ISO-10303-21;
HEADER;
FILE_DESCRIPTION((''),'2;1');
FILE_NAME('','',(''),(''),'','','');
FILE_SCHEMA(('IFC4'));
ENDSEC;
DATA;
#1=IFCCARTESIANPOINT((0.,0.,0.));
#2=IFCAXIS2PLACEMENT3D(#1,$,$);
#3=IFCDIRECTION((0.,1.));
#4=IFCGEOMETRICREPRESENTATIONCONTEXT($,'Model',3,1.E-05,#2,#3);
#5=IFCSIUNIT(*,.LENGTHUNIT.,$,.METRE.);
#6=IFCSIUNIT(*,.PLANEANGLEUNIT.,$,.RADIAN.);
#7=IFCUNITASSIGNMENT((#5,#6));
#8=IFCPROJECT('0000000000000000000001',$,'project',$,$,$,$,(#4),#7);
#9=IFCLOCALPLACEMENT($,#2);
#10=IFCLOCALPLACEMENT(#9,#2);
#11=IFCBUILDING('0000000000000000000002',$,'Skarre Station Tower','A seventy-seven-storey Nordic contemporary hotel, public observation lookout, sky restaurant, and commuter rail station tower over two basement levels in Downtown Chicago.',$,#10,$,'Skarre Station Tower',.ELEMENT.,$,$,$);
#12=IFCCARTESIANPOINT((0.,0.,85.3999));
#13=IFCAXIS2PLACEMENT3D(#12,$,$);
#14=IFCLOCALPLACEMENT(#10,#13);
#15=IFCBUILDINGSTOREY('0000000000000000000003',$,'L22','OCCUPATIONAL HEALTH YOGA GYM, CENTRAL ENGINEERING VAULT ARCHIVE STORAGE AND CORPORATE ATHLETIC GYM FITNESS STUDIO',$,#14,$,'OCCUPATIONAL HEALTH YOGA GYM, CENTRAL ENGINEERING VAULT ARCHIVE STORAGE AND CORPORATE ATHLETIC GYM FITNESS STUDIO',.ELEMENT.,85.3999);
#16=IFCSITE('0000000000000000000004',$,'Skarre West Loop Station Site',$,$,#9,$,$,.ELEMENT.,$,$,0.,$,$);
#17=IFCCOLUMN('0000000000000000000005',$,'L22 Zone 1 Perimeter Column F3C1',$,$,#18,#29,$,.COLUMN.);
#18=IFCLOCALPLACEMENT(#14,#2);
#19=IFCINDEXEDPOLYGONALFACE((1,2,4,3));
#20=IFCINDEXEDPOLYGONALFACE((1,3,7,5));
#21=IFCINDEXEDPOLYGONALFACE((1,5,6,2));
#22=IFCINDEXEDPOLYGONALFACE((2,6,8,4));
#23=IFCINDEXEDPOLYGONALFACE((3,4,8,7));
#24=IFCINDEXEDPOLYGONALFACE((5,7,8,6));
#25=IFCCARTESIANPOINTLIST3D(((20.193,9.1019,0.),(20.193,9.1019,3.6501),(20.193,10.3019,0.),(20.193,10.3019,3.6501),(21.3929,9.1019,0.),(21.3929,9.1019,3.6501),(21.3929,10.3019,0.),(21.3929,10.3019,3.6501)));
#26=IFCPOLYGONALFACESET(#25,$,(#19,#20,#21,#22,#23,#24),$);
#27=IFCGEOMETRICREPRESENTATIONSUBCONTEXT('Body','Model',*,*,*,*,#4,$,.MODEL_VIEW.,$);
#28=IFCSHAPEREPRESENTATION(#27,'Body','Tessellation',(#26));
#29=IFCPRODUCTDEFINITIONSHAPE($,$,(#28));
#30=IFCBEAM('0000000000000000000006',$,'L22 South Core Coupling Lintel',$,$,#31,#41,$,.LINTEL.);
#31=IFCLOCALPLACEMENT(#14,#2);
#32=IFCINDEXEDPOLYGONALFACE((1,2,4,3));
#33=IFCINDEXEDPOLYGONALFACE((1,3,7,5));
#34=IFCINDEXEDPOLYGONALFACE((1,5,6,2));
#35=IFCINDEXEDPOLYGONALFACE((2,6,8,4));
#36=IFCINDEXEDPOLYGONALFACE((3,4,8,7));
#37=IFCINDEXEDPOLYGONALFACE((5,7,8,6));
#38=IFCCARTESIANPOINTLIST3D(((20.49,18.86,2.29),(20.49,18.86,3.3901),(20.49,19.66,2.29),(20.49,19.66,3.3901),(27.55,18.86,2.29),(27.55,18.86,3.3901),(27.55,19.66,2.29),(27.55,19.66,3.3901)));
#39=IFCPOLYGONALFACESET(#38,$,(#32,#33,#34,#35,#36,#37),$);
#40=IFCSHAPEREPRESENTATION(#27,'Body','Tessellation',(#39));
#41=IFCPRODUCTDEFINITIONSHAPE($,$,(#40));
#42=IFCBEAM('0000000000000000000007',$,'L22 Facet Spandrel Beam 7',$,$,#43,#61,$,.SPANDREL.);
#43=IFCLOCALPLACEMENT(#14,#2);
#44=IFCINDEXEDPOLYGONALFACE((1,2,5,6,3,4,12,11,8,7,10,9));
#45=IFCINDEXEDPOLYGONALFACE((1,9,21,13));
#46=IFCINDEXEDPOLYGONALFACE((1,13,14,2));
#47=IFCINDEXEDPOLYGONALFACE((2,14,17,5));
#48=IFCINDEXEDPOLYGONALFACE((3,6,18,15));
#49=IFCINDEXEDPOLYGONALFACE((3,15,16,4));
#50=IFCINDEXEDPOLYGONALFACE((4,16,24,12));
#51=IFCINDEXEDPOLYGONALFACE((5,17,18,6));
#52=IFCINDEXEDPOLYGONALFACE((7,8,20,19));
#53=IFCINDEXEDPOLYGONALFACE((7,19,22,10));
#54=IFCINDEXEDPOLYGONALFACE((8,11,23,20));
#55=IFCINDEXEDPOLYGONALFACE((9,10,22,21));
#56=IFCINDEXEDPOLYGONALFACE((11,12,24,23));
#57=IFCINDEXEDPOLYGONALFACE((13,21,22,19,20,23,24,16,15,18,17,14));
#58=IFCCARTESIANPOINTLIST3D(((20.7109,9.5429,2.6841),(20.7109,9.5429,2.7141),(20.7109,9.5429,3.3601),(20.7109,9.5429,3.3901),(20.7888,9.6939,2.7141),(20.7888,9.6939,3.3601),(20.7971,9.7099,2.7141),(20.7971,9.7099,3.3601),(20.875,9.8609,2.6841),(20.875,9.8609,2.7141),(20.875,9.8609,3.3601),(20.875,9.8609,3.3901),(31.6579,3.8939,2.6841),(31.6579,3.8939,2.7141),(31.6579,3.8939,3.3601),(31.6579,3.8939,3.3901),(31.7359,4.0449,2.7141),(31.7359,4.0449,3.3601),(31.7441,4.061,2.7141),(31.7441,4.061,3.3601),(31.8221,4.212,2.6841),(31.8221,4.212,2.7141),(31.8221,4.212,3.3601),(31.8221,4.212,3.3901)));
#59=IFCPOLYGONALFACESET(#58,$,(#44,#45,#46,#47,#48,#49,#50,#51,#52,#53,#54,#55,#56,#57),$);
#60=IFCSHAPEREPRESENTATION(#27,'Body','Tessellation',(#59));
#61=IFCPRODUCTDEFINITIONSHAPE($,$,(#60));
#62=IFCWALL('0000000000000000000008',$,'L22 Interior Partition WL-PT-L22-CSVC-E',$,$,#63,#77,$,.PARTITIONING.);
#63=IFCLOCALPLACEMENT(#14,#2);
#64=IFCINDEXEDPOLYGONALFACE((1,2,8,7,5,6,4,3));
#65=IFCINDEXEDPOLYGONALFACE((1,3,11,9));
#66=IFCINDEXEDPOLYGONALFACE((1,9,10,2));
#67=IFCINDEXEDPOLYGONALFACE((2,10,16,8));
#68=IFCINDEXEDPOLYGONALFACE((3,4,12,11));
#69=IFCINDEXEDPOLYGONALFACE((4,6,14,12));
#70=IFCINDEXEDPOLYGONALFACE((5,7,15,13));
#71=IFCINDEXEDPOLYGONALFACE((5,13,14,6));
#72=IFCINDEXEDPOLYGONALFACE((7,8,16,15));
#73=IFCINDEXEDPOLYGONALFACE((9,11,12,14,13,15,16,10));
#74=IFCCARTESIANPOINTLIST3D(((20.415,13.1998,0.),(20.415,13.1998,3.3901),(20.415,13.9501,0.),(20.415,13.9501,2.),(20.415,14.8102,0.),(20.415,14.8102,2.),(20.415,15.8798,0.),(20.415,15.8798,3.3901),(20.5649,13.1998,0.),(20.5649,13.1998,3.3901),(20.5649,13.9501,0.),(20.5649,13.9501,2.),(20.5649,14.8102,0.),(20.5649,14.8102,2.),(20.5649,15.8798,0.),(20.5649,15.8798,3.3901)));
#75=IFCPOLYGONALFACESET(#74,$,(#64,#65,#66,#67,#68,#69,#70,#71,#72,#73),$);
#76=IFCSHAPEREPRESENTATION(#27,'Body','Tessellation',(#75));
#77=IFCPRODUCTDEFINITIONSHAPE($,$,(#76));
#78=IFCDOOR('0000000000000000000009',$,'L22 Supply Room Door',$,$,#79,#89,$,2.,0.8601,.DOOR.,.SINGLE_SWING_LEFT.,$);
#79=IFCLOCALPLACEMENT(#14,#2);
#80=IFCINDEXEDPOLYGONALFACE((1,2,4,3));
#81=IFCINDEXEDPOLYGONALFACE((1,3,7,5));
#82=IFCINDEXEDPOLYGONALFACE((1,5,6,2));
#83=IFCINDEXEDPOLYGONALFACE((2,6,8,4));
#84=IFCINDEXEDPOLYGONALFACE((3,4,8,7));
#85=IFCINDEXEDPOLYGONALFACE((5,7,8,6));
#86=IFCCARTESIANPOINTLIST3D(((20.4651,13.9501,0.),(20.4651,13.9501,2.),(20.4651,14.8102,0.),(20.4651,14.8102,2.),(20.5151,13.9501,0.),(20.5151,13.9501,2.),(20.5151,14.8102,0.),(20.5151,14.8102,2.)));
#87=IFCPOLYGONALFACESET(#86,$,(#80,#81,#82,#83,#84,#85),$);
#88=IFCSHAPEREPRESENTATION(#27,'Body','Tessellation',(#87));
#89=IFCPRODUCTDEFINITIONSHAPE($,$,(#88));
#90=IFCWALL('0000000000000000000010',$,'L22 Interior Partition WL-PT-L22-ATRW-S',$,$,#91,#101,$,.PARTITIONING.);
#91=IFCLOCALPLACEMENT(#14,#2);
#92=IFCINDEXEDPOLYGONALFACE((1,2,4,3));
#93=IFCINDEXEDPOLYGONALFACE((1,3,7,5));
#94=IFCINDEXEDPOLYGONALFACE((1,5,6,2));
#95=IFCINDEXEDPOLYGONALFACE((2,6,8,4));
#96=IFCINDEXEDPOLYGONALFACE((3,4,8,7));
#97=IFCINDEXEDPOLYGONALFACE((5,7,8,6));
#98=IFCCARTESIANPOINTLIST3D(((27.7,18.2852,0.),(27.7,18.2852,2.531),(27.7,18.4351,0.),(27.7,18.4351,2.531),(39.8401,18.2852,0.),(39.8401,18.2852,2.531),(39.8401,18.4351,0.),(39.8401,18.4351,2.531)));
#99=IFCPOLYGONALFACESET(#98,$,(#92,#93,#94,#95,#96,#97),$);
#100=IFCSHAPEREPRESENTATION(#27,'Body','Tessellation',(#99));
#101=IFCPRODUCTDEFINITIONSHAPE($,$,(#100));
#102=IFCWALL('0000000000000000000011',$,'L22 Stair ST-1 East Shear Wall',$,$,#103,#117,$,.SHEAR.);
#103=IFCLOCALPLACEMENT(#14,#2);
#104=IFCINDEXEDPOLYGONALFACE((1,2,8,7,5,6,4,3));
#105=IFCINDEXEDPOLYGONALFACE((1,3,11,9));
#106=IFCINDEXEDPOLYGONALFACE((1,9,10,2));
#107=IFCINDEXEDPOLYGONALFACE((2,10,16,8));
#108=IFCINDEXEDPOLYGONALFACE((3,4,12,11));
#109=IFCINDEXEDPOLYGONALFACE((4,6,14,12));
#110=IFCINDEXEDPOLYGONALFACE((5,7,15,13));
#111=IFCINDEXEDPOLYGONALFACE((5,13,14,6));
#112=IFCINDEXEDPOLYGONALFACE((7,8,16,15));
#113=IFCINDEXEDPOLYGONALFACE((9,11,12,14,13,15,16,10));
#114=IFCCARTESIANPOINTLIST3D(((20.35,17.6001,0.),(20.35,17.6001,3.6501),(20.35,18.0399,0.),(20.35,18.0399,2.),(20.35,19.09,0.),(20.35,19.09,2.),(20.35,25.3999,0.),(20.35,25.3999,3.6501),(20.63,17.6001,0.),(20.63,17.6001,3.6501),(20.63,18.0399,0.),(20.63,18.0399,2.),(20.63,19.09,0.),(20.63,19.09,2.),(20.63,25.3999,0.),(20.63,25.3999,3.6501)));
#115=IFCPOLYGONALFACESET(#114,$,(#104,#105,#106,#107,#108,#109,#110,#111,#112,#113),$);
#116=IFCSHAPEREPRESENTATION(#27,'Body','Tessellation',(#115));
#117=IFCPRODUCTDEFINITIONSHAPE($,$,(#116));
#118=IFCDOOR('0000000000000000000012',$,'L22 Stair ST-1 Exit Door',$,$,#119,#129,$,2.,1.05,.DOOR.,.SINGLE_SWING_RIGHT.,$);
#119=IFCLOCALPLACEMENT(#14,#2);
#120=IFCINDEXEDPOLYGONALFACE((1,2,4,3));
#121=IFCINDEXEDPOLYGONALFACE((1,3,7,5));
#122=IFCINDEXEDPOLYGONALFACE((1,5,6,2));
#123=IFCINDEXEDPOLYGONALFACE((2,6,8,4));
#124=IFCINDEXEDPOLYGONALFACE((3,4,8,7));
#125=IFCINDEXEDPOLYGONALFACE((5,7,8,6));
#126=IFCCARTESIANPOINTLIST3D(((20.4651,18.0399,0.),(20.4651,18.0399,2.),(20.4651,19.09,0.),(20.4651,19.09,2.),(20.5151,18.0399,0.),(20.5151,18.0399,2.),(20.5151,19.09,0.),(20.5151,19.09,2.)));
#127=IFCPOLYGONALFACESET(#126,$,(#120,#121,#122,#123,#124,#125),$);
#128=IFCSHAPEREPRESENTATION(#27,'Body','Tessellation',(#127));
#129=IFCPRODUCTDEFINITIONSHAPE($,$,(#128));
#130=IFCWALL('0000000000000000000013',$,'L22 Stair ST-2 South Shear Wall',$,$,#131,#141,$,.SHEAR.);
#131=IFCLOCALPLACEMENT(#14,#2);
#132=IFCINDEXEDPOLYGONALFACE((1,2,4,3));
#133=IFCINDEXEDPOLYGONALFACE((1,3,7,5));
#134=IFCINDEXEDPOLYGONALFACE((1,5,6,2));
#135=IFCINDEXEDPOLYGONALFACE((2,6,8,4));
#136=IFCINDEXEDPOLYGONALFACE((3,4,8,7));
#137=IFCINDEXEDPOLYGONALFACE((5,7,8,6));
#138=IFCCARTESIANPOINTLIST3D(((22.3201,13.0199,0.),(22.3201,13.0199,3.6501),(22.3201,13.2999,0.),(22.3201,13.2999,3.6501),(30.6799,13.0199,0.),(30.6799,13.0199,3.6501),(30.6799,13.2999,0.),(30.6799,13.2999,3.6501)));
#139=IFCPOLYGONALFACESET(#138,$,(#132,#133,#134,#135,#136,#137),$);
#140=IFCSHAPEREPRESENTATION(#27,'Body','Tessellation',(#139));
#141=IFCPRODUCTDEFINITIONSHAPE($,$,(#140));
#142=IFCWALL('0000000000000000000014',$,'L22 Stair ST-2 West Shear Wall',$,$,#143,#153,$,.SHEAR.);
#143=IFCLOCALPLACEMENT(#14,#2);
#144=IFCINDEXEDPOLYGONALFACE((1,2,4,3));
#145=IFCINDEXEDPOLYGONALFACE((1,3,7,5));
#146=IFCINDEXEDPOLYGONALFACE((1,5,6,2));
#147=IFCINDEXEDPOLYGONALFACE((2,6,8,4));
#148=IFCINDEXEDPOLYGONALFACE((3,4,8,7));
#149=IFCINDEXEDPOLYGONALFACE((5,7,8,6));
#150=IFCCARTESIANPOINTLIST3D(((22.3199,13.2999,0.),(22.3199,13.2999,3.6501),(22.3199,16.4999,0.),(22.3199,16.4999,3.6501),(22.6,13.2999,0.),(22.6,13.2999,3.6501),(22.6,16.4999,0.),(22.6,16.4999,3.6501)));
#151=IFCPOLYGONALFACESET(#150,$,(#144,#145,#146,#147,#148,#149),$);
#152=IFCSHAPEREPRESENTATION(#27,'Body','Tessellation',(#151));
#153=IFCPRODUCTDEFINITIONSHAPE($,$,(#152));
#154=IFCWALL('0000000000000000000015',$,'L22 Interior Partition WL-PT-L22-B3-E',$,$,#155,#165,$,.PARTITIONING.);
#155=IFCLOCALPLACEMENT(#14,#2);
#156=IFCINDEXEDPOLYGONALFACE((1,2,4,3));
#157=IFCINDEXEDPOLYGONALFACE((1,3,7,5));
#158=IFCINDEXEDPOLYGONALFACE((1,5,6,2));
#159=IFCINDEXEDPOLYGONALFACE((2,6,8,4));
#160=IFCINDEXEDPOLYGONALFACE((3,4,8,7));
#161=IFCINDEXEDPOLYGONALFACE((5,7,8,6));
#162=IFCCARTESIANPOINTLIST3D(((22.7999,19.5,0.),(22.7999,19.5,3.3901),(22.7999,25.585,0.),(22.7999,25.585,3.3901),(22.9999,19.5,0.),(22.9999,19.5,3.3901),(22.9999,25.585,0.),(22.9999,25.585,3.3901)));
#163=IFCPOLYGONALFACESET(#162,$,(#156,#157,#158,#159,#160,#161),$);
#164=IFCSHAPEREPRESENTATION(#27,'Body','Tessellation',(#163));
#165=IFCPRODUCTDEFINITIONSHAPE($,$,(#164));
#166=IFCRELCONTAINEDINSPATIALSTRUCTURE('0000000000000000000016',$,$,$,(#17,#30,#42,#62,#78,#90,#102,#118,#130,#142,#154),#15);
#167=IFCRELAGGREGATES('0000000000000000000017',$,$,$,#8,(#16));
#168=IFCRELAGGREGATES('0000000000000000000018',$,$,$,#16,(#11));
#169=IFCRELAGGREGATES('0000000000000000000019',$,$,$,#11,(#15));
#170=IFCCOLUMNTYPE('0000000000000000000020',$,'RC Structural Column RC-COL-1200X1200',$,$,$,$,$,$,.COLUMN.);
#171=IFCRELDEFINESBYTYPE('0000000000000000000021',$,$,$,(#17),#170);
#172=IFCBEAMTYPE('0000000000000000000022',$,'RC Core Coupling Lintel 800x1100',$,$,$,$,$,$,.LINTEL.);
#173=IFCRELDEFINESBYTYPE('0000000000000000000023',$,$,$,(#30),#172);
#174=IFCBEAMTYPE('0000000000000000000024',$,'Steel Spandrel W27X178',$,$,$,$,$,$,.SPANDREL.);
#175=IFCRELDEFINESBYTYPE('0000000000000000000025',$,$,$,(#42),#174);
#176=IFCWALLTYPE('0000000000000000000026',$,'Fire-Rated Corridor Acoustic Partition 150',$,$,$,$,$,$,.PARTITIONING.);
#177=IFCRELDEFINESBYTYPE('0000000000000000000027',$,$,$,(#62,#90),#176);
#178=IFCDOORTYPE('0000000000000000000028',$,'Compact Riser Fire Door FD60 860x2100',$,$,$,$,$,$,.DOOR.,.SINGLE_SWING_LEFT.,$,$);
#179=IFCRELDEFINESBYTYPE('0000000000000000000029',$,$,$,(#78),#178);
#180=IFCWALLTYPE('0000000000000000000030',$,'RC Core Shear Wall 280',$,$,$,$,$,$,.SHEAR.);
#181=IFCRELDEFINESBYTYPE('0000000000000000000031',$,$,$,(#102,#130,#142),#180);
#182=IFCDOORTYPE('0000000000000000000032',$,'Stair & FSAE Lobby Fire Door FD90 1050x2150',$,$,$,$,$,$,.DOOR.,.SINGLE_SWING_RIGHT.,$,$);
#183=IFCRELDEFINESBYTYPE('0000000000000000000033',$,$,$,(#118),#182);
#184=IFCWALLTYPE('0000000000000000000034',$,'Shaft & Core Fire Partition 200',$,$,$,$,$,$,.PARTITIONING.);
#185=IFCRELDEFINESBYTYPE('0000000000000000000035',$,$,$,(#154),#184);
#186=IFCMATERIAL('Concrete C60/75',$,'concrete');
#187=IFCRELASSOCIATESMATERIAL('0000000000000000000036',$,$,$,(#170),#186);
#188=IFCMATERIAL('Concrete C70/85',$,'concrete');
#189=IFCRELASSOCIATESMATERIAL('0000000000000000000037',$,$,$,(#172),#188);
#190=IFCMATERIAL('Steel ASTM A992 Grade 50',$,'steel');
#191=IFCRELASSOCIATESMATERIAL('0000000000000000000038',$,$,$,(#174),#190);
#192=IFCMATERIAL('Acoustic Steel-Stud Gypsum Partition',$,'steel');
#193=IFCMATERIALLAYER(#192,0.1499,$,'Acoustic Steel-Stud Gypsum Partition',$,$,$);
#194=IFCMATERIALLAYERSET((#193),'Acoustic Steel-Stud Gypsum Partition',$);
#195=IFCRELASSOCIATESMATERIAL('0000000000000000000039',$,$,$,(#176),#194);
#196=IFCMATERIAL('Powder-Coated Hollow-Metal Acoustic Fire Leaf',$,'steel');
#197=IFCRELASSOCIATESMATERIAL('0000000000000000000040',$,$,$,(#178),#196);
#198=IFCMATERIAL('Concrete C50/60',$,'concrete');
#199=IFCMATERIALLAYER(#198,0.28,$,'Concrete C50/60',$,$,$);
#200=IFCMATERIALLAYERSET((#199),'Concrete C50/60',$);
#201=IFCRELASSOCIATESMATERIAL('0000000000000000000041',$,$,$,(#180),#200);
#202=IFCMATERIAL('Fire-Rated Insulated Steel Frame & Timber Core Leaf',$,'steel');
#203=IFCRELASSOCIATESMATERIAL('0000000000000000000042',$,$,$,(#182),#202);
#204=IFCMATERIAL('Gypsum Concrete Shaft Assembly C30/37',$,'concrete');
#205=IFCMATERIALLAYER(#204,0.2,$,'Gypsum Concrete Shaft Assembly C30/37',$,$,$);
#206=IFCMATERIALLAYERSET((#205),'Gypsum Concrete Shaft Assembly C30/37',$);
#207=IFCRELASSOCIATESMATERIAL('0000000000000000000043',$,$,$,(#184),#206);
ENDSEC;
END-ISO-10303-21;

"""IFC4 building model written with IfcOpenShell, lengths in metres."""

from ifc_helpers import new_model, si_unit, direction, frame, frame_2d, origin, origin_2d, place, context, subcontext, project, spatial, rectangle, i_section, extrude, material, layer, layer_set, material_profile, profile_set, type_object, element, fill, save


model = new_model("IFC4")

# Units and contexts
model_context = context("Model", 3, precision=1e-05, world=origin(), true_north=direction((0.0, 1.0)))
body_context = subcontext(model_context, "Body", "Model", "MODEL_VIEW")
ifc_project = project(units=[si_unit("LENGTHUNIT", "METRE"), si_unit("PLANEANGLEUNIT", "RADIAN")], contexts=[model_context])

# Site, building, storey
site_placement = place(None, origin())
site = spatial("IfcSite", under=ifc_project, at=site_placement, Name="Skarre West Loop Station Site", CompositionType="ELEMENT", RefElevation=0.0)
building_placement = place(site_placement, origin())
building = spatial("IfcBuilding", under=site, at=building_placement, Name="Skarre Station Tower", Description="A seventy-seven-storey Nordic contemporary hotel, public observation lookout, sky restaurant, and commuter rail station tower over two basement levels in Downtown Chicago.", LongName="Skarre Station Tower", CompositionType="ELEMENT")
storey_placement = place(building_placement, frame((0.0, 0.0, 85.3999)))
storey = spatial("IfcBuildingStorey", under=building, at=storey_placement, Name="L22", Description="OCCUPATIONAL HEALTH YOGA GYM, CENTRAL ENGINEERING VAULT ARCHIVE STORAGE AND CORPORATE ATHLETIC GYM FITNESS STUDIO", LongName="OCCUPATIONAL HEALTH YOGA GYM, CENTRAL ENGINEERING VAULT ARCHIVE STORAGE AND CORPORATE ATHLETIC GYM FITNESS STUDIO", CompositionType="ELEMENT", Elevation=85.3999)

# Column
ifc_material_1 = material(Name="Concrete C60/75", Category="concrete")
ifc_material_profile_1 = material_profile(ifc_material_1, rectangle(XDim=1.2, YDim=1.2, at=origin_2d()), Name="Concrete C60/75")
ifc_profile_set_1 = profile_set([ifc_material_profile_1], Name="Concrete C60/75")
column_type = type_object("IfcColumnType", Name="RC Structural Column RC-COL-1200X1200", PredefinedType="COLUMN", material=ifc_profile_set_1)
column_placement = place(storey_placement, frame((20.793, 9.7019, 0.0), z_axis=(0.0, 0.0, 1.0), x_axis=(1.0, 0.0, 0.0)))
element("IfcColumn", 1, at=column_placement, inside=storey, type_object=column_type, Name="L22 Zone 1 Perimeter Column F3C1", PredefinedType="COLUMN", context=body_context, shape_type="SweptSolid", body=[
    extrude(rectangle(XDim=1.2, YDim=1.2, at=origin_2d()), origin(), (0.0, 0.0, 1.0), 3.6501),
])

# Beams
ifc_material_2 = material(Name="Concrete C70/85", Category="concrete")
ifc_material_profile_2 = material_profile(ifc_material_2, rectangle(XDim=0.8, YDim=1.1001, at=origin_2d()), Name="Concrete C70/85")
ifc_profile_set_2 = profile_set([ifc_material_profile_2], Name="Concrete C70/85")
beam_type_1 = type_object("IfcBeamType", Name="RC Core Coupling Lintel 800x1100", PredefinedType="LINTEL", material=ifc_profile_set_2)
beam_1_placement = place(storey_placement, frame((20.49, 19.26, 2.8401), z_axis=(1.0, 0.0, 0.0), x_axis=(0.0, 1.0, 0.0)))
element("IfcBeam", 2, at=beam_1_placement, inside=storey, type_object=beam_type_1, Name="L22 South Core Coupling Lintel", PredefinedType="LINTEL", context=body_context, shape_type="SweptSolid", body=[
    extrude(rectangle(XDim=0.8, YDim=1.1001, at=origin_2d()), origin(), (0.0, 0.0, 1.0), 7.0601),
])
ifc_material_3 = material(Name="Steel ASTM A992 Grade 50", Category="steel")
ifc_material_profile_3 = material_profile(ifc_material_3, i_section(OverallWidth=0.3579, OverallDepth=0.7061, WebThickness=0.0181, FlangeThickness=0.03, at=origin_2d()), Name="Steel ASTM A992 Grade 50")
ifc_profile_set_3 = profile_set([ifc_material_profile_3], Name="Steel ASTM A992 Grade 50")
beam_type_2 = type_object("IfcBeamType", Name="Steel Spandrel W27X178", PredefinedType="SPANDREL", material=ifc_profile_set_3)
beam_2_placement = place(storey_placement, frame((20.793, 9.7019, 3.0371), z_axis=(0.888659, -0.458569, 0.0), x_axis=(0.458569, 0.888659, 0.0)))
element("IfcBeam", 3, at=beam_2_placement, inside=storey, type_object=beam_type_2, Name="L22 Facet Spandrel Beam 7", PredefinedType="SPANDREL", context=body_context, shape_type="SweptSolid", body=[
    extrude(i_section(OverallWidth=0.3579, OverallDepth=0.7061, WebThickness=0.0181, FlangeThickness=0.03, at=origin_2d()), origin(), (0.0, 0.0, 1.0), 12.3186),
])

# Wall, opening, door
ifc_material_4 = material(Name="Acoustic Steel-Stud Gypsum Partition", Category="steel")
ifc_layer_1 = layer(ifc_material_4, 0.1499, Name="Acoustic Steel-Stud Gypsum Partition")
ifc_layer_set_1 = layer_set([ifc_layer_1], Name="Acoustic Steel-Stud Gypsum Partition")
wall_type_1 = type_object("IfcWallType", Name="Fire-Rated Corridor Acoustic Partition 150", PredefinedType="PARTITIONING", material=ifc_layer_set_1)
wall_1_placement = place(storey_placement, frame((20.49, 13.2, 0.0), z_axis=(0.0, 0.0, 1.0), x_axis=(0.0, 1.0, 0.0)))
wall_1 = element("IfcWall", 4, at=wall_1_placement, inside=storey, type_object=wall_type_1, Name="L22 Interior Partition WL-PT-L22-CSVC-E", PredefinedType="PARTITIONING", context=body_context, shape_type="SweptSolid", body=[
    extrude(rectangle(XDim=2.6799, YDim=0.1499, at=frame_2d((1.3398, 0.0))), origin(), (0.0, 0.0, 1.0), 3.3901),
])
opening_1_placement = place(wall_1_placement, frame((0.75, 0.0, 0.0)))
opening_1 = element("IfcOpeningElement", 5, at=opening_1_placement, cuts=wall_1, PredefinedType="OPENING", context=body_context, shape_type="SweptSolid", body=[
    extrude(rectangle(XDim=0.8601, YDim=2.0, at=frame_2d((0.4302, 1.0))), frame((0.0, 0.085, 0.0), z_axis=(0.0, -1.0, 0.0), x_axis=(1.0, 0.0, 0.0)), (0.0, 0.0, 1.0), 0.1699),
])
ifc_material_5 = material(Name="Powder-Coated Hollow-Metal Acoustic Fire Leaf", Category="steel")
door_type_1 = type_object("IfcDoorType", Name="Compact Riser Fire Door FD60 860x2100", OperationType="SINGLE_SWING_LEFT", PredefinedType="DOOR", material=ifc_material_5)
door_1_placement = place(opening_1_placement, origin())
door_1 = element("IfcDoor", 6, at=door_1_placement, inside=storey, type_object=door_type_1, Name="L22 Supply Room Door", OperationType="SINGLE_SWING_LEFT", OverallHeight=2.0, OverallWidth=0.8601, PredefinedType="DOOR", context=body_context, shape_type="SweptSolid", body=[
    extrude(rectangle(XDim=0.8601, YDim=2.0, at=frame_2d((0.4302, 1.0))), frame((0.0, 0.0249, 0.0), z_axis=(0.0, -1.0, 0.0), x_axis=(1.0, 0.0, 0.0)), (0.0, 0.0, 1.0), 0.05),
])
fill(opening_1, door_1)

# Wall
wall_2_placement = place(storey_placement, frame((27.7, 18.3601, 0.0), z_axis=(0.0, 0.0, 1.0), x_axis=(1.0, 0.0, 0.0)))
element("IfcWall", 7, at=wall_2_placement, inside=storey, type_object=wall_type_1, Name="L22 Interior Partition WL-PT-L22-ATRW-S", PredefinedType="PARTITIONING", context=body_context, shape_type="SweptSolid", body=[
    extrude(rectangle(XDim=12.1401, YDim=0.1499, at=frame_2d((6.0701, 0.0))), origin(), (0.0, 0.0, 1.0), 2.531),
])

# Wall, opening, door
ifc_material_6 = material(Name="Concrete C50/60", Category="concrete")
ifc_layer_2 = layer(ifc_material_6, 0.28, Name="Concrete C50/60")
ifc_layer_set_2 = layer_set([ifc_layer_2], Name="Concrete C50/60")
wall_type_2 = type_object("IfcWallType", Name="RC Core Shear Wall 280", PredefinedType="SHEAR", material=ifc_layer_set_2)
wall_3_placement = place(storey_placement, frame((20.49, 17.6001, 0.0), z_axis=(0.0, 0.0, 1.0), x_axis=(0.0, 1.0, 0.0)))
wall_3 = element("IfcWall", 8, at=wall_3_placement, inside=storey, type_object=wall_type_2, Name="L22 Stair ST-1 East Shear Wall", PredefinedType="SHEAR", context=body_context, shape_type="SweptSolid", body=[
    extrude(rectangle(XDim=7.7998, YDim=0.28, at=frame_2d((3.8999, 0.0))), origin(), (0.0, 0.0, 1.0), 3.6501),
])
opening_2_placement = place(wall_3_placement, frame((0.4399, 0.0, 0.0)))
opening_2 = element("IfcOpeningElement", 9, at=opening_2_placement, cuts=wall_3, PredefinedType="OPENING", context=body_context, shape_type="SweptSolid", body=[
    extrude(rectangle(XDim=1.05, YDim=2.0, at=frame_2d((0.5249, 1.0))), frame((0.0, 0.1499, 0.0), z_axis=(0.0, -1.0, 0.0), x_axis=(1.0, 0.0, 0.0)), (0.0, 0.0, 1.0), 0.3),
])
ifc_material_7 = material(Name="Fire-Rated Insulated Steel Frame & Timber Core Leaf", Category="steel")
door_type_2 = type_object("IfcDoorType", Name="Stair & FSAE Lobby Fire Door FD90 1050x2150", OperationType="SINGLE_SWING_RIGHT", PredefinedType="DOOR", material=ifc_material_7)
door_2_placement = place(opening_2_placement, origin())
door_2 = element("IfcDoor", 10, at=door_2_placement, inside=storey, type_object=door_type_2, Name="L22 Stair ST-1 Exit Door", OperationType="SINGLE_SWING_RIGHT", OverallHeight=2.0, OverallWidth=1.05, PredefinedType="DOOR", context=body_context, shape_type="SweptSolid", body=[
    extrude(rectangle(XDim=1.05, YDim=2.0, at=frame_2d((0.5249, 1.0))), frame((0.0, 0.0249, 0.0), z_axis=(0.0, -1.0, 0.0), x_axis=(1.0, 0.0, 0.0)), (0.0, 0.0, 1.0), 0.05),
])
fill(opening_2, door_2)

# Walls
wall_4_placement = place(storey_placement, frame((22.3201, 13.1599, 0.0), z_axis=(0.0, 0.0, 1.0), x_axis=(1.0, 0.0, 0.0)))
element("IfcWall", 11, at=wall_4_placement, inside=storey, type_object=wall_type_2, Name="L22 Stair ST-2 South Shear Wall", PredefinedType="SHEAR", context=body_context, shape_type="SweptSolid", body=[
    extrude(rectangle(XDim=8.3599, YDim=0.28, at=frame_2d((4.1799, 0.0))), origin(), (0.0, 0.0, 1.0), 3.6501),
])
wall_5_placement = place(storey_placement, frame((22.46, 16.5, 0.0), z_axis=(0.0, 0.0, 1.0), x_axis=(0.0, -1.0, 0.0)))
element("IfcWall", 12, at=wall_5_placement, inside=storey, type_object=wall_type_2, Name="L22 Stair ST-2 West Shear Wall", PredefinedType="SHEAR", context=body_context, shape_type="SweptSolid", body=[
    extrude(rectangle(XDim=3.2, YDim=0.28, at=frame_2d((1.6001, 0.0))), origin(), (0.0, 0.0, 1.0), 3.6501),
])
ifc_material_8 = material(Name="Gypsum Concrete Shaft Assembly C30/37", Category="concrete")
ifc_layer_3 = layer(ifc_material_8, 0.2, Name="Gypsum Concrete Shaft Assembly C30/37")
ifc_layer_set_3 = layer_set([ifc_layer_3], Name="Gypsum Concrete Shaft Assembly C30/37")
wall_type_3 = type_object("IfcWallType", Name="Shaft & Core Fire Partition 200", PredefinedType="PARTITIONING", material=ifc_layer_set_3)
wall_6_placement = place(storey_placement, frame((22.8999, 19.5, 0.0), z_axis=(0.0, 0.0, 1.0), x_axis=(0.0, 1.0, 0.0)))
element("IfcWall", 13, at=wall_6_placement, inside=storey, type_object=wall_type_3, Name="L22 Interior Partition WL-PT-L22-B3-E", PredefinedType="PARTITIONING", context=body_context, shape_type="SweptSolid", body=[
    extrude(rectangle(XDim=6.085, YDim=0.2, at=frame_2d((3.0425, 0.0))), origin(), (0.0, 0.0, 1.0), 3.3901),
])

save(model, "model.ifc")
